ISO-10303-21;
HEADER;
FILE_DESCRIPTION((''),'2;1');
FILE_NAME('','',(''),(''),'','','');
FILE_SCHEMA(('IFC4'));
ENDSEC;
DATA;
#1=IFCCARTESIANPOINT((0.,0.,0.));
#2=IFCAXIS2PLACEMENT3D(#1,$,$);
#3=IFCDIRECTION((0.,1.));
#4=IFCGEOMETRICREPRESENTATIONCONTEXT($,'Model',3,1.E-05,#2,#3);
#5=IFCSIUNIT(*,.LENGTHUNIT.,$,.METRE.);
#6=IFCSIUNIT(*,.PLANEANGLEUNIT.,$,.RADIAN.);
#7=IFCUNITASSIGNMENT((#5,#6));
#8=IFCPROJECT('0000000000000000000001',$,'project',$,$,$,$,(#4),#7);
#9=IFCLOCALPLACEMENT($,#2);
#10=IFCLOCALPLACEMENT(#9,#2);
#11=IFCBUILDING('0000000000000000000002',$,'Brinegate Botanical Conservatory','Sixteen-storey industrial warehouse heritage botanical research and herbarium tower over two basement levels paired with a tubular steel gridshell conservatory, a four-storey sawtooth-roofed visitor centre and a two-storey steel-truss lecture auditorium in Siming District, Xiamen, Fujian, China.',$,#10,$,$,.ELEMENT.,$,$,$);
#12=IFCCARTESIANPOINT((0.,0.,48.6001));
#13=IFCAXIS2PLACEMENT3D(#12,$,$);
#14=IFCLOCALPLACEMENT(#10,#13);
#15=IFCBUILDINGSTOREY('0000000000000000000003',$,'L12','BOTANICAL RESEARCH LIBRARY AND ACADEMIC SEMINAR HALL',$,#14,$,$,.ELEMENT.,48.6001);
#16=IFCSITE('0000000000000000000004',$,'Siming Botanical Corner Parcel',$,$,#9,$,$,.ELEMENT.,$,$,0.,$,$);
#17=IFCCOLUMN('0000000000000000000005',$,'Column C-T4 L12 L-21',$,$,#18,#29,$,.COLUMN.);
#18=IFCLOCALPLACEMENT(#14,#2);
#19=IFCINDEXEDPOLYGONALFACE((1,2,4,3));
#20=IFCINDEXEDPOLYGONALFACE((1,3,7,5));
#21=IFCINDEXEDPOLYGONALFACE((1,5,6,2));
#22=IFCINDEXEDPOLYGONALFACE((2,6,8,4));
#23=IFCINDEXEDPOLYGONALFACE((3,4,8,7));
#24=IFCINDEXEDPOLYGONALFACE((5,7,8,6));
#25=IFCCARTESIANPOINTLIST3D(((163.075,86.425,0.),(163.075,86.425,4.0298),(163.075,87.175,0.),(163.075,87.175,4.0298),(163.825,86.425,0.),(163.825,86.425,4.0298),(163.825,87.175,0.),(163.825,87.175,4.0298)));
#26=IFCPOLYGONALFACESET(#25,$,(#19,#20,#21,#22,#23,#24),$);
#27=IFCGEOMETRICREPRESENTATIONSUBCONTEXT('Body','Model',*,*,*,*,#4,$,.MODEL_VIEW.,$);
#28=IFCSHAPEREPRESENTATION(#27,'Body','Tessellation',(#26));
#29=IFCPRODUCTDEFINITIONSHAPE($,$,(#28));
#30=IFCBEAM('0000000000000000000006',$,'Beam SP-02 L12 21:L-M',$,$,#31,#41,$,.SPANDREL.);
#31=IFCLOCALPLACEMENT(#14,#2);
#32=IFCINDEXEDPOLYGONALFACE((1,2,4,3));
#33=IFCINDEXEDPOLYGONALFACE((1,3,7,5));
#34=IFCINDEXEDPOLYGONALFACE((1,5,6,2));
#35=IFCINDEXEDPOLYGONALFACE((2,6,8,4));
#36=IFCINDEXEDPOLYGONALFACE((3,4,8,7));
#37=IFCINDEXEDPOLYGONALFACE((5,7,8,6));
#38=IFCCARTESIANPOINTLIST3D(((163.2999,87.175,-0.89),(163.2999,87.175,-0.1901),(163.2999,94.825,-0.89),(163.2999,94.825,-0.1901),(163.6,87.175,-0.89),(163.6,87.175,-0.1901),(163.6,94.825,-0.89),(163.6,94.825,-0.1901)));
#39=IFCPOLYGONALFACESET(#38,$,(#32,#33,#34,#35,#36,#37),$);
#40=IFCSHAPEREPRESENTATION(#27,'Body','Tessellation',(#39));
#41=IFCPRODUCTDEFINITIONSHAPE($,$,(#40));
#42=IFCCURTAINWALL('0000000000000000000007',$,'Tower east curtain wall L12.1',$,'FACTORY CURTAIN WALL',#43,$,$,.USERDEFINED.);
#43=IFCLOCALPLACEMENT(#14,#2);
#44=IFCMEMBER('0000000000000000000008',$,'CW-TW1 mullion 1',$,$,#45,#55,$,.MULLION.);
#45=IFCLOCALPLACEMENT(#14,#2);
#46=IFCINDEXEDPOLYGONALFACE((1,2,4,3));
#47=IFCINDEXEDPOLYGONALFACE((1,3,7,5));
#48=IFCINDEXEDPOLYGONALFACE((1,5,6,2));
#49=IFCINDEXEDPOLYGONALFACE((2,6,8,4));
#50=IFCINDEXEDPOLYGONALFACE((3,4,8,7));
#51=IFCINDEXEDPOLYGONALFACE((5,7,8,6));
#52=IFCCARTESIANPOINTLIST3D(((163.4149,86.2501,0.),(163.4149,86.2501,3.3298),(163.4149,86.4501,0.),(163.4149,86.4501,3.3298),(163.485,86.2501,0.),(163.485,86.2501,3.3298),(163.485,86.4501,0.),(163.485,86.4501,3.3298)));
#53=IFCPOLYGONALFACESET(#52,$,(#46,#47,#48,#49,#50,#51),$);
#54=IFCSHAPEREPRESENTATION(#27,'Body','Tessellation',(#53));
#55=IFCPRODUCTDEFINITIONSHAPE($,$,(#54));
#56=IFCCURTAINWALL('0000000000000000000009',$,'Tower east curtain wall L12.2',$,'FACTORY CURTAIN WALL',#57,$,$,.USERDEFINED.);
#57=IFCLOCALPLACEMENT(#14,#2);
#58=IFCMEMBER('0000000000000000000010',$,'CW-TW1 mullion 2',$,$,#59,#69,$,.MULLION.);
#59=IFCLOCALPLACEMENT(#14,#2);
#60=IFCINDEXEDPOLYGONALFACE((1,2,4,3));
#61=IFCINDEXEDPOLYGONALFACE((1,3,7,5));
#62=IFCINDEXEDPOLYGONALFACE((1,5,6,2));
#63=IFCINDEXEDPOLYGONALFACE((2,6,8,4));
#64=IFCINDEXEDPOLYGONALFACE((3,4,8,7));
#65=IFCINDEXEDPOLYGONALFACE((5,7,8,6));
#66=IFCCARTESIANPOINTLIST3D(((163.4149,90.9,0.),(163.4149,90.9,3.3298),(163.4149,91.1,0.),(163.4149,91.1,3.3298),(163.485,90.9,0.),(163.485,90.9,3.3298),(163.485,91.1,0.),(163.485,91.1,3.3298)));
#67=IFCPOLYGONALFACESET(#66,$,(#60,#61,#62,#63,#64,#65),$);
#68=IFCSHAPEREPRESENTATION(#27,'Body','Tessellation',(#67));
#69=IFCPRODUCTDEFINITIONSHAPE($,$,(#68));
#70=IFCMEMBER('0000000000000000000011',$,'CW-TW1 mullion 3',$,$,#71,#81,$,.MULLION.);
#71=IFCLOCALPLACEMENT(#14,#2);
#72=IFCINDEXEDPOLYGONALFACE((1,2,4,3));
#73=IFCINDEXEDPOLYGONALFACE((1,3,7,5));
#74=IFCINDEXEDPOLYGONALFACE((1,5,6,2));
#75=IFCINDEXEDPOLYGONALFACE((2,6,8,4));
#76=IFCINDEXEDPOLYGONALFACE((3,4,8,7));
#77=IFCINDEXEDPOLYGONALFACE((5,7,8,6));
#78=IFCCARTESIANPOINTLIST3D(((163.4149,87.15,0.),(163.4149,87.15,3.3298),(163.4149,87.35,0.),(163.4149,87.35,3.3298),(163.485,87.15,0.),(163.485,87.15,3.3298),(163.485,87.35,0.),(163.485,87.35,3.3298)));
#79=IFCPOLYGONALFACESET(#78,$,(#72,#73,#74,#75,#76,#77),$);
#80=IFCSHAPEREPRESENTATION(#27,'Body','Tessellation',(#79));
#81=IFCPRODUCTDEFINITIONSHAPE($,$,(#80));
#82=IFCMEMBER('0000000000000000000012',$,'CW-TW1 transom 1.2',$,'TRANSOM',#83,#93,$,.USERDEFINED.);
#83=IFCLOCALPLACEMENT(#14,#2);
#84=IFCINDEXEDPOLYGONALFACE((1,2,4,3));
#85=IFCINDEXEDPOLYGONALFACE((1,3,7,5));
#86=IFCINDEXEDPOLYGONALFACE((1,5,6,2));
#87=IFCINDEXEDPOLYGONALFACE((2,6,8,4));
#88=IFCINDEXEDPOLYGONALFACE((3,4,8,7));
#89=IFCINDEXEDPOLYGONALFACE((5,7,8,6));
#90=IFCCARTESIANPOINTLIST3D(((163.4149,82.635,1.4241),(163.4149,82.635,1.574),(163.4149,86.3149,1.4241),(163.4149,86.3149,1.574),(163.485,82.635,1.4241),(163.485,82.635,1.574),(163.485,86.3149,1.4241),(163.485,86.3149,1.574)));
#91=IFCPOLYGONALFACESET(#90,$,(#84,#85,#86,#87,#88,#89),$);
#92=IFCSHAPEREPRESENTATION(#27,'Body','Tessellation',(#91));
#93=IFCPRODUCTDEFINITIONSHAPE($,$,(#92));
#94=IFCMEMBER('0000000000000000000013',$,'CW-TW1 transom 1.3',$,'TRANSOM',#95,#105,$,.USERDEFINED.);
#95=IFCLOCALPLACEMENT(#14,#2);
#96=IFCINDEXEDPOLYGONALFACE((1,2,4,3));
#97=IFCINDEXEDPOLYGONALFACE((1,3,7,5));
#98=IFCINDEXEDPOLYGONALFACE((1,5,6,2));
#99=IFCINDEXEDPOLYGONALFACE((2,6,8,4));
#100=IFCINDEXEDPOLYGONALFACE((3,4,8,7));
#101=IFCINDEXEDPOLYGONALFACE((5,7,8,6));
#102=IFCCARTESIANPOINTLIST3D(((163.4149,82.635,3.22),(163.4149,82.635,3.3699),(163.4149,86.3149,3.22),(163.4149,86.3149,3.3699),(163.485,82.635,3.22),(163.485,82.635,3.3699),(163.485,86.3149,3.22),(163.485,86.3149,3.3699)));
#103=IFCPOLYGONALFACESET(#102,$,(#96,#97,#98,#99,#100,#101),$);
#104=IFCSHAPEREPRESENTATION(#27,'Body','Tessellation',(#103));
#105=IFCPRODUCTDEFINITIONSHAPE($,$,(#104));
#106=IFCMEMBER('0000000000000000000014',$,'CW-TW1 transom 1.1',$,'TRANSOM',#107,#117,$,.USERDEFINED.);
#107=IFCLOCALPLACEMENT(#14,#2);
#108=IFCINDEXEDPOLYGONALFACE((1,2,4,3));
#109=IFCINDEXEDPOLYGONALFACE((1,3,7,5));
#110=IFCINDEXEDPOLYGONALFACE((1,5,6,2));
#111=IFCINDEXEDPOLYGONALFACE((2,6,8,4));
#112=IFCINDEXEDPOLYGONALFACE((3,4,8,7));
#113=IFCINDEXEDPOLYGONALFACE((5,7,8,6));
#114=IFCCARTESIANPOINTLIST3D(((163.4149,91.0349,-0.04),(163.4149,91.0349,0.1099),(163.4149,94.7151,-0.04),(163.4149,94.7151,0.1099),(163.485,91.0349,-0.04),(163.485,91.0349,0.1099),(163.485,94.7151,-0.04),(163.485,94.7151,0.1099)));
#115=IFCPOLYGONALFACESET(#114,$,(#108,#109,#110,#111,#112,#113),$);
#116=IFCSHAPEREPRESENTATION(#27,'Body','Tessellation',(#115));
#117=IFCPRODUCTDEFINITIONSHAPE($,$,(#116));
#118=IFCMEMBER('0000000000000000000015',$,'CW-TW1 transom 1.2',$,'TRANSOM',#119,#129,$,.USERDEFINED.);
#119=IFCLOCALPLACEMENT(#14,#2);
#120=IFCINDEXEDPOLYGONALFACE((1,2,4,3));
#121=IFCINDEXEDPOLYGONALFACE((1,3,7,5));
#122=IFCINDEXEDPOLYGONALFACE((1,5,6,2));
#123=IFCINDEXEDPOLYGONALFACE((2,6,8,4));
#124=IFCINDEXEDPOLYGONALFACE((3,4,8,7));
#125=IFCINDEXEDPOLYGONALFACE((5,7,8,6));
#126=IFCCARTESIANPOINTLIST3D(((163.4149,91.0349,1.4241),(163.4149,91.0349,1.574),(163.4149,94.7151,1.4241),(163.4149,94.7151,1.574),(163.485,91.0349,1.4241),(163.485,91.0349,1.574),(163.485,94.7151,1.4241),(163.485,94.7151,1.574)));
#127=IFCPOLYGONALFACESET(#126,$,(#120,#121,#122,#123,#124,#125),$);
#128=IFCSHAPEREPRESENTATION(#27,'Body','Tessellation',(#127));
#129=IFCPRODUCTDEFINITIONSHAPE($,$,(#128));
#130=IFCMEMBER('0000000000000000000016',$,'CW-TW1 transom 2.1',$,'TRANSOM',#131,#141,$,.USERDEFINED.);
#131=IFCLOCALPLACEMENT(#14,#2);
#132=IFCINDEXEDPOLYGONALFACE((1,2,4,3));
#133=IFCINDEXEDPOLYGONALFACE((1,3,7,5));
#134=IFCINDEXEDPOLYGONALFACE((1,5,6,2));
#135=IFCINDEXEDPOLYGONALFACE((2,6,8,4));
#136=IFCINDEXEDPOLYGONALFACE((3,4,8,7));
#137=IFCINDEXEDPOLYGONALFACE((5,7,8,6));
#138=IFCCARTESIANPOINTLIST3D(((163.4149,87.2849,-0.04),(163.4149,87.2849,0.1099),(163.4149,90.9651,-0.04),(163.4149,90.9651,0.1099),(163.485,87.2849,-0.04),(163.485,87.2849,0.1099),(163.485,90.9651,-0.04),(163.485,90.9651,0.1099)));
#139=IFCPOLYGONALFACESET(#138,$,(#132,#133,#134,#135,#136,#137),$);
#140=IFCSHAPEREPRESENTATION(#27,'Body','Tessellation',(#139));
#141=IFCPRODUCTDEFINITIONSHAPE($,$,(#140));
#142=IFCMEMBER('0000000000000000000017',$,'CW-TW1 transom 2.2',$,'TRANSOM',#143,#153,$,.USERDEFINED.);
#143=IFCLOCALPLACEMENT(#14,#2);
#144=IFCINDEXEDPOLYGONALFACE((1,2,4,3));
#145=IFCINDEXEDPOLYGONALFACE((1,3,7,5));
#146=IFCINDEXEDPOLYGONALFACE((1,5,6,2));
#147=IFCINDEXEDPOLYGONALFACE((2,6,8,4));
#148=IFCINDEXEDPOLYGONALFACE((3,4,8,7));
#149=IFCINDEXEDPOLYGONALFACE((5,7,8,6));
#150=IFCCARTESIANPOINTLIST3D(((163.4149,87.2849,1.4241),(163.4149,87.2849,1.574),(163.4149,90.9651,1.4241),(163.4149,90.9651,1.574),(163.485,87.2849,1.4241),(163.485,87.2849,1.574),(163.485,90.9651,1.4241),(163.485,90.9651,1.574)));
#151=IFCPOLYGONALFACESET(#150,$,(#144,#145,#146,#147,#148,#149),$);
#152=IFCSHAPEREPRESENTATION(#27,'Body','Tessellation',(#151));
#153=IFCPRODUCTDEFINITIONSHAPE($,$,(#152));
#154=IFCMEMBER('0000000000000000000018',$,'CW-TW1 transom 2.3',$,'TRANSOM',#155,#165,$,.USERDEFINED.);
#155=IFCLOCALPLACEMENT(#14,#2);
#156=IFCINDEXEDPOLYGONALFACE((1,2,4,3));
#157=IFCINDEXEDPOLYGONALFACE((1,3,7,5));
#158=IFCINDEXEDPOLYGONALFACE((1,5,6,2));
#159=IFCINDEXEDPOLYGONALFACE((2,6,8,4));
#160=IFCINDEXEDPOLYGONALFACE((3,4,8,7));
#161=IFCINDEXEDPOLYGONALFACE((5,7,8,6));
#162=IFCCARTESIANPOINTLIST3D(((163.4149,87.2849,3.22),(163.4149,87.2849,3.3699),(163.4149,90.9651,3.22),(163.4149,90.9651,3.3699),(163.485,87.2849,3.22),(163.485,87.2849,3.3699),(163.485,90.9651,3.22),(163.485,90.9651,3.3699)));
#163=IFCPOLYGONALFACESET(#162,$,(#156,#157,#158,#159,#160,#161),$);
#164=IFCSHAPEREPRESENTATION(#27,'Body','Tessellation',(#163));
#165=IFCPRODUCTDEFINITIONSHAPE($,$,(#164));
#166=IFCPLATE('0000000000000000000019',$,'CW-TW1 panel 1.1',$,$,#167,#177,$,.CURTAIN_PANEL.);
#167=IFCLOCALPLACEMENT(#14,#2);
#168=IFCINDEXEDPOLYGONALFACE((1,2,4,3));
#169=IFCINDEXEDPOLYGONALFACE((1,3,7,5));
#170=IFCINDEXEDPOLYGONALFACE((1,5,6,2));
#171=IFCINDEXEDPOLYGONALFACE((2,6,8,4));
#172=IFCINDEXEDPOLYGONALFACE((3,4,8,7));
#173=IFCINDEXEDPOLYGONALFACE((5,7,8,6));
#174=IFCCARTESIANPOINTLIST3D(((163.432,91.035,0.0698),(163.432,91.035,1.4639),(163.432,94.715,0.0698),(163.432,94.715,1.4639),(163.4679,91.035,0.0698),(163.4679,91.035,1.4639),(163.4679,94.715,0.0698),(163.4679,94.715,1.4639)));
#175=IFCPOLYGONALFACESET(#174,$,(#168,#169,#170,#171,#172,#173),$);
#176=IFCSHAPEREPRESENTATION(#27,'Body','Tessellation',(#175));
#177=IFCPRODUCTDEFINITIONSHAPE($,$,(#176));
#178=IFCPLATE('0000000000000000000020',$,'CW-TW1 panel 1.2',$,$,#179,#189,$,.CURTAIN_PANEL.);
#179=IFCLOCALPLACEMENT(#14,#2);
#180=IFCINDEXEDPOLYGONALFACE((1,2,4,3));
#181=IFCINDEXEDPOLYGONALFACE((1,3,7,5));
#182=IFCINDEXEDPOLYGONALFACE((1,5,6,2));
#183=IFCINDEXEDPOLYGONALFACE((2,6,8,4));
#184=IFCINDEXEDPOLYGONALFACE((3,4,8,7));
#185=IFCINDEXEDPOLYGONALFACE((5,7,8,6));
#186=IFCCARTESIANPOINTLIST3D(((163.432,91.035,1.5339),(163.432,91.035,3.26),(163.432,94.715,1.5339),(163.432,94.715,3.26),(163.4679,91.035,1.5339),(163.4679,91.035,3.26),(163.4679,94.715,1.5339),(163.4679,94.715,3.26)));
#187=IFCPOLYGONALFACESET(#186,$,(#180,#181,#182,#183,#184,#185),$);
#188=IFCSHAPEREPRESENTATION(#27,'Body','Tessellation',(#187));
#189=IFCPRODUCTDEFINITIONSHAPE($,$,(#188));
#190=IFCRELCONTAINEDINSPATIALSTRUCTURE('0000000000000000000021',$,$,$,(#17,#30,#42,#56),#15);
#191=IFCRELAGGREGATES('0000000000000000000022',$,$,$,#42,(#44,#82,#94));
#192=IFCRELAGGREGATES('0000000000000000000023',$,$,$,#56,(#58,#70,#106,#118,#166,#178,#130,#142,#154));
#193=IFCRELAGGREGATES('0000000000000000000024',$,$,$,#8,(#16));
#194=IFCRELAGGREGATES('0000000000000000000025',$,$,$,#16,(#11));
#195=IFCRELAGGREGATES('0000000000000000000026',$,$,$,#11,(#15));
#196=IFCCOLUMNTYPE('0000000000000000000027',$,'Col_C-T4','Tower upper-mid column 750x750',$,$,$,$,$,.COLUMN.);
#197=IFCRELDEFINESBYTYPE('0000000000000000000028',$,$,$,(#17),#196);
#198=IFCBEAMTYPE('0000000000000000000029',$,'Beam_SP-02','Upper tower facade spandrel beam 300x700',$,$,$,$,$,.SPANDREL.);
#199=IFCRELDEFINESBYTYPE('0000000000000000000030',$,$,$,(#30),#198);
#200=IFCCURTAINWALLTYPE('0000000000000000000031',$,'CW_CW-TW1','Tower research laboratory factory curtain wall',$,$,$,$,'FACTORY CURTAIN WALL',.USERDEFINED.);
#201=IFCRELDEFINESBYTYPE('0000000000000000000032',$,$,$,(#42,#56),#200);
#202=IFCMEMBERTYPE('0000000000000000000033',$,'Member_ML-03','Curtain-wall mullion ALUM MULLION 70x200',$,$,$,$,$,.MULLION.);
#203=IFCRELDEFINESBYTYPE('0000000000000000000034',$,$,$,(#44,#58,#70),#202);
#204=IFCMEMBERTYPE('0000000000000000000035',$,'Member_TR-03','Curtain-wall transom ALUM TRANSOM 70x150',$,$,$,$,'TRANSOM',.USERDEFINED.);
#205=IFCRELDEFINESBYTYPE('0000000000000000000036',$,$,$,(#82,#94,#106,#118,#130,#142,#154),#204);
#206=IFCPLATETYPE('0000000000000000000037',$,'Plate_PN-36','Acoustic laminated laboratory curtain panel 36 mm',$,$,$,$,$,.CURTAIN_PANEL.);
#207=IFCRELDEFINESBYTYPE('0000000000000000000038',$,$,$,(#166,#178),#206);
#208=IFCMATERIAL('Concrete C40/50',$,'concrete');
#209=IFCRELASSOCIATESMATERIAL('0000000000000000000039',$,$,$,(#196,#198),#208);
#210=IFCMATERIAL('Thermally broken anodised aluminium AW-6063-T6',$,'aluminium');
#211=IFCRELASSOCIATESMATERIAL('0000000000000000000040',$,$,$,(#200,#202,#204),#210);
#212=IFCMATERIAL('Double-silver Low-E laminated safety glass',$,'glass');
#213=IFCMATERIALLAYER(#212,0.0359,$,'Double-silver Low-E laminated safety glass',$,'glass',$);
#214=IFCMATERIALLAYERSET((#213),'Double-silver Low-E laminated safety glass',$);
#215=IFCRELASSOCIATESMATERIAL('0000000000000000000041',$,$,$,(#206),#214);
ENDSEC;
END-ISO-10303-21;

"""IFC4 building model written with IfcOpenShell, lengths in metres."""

from ifc_helpers import new_model, si_unit, direction, frame, origin, origin_2d, place, context, subcontext, project, spatial, rectangle, extrude, material, layer, layer_set, material_profile, profile_set, type_object, element, aggregate, save


model = new_model("IFC4")

# Units and contexts
model_context = context("Model", 3, precision=1e-05, world=origin(), true_north=direction((0.0, 1.0)))
body_context = subcontext(model_context, "Body", "Model", "MODEL_VIEW")
ifc_project = project(units=[si_unit("LENGTHUNIT", "METRE"), si_unit("PLANEANGLEUNIT", "RADIAN")], contexts=[model_context])

# Site, building, storey
site_placement = place(None, origin())
site = spatial("IfcSite", under=ifc_project, at=site_placement, Name="Siming Botanical Corner Parcel", CompositionType="ELEMENT", RefElevation=0.0)
building_placement = place(site_placement, origin())
building = spatial("IfcBuilding", under=site, at=building_placement, Name="Brinegate Botanical Conservatory", Description="Sixteen-storey industrial warehouse heritage botanical research and herbarium tower over two basement levels paired with a tubular steel gridshell conservatory, a four-storey sawtooth-roofed visitor centre and a two-storey steel-truss lecture auditorium in Siming District, Xiamen, Fujian, China.", CompositionType="ELEMENT")
storey_placement = place(building_placement, frame((0.0, 0.0, 48.6001)))
storey = spatial("IfcBuildingStorey", under=building, at=storey_placement, Name="L12", Description="BOTANICAL RESEARCH LIBRARY AND ACADEMIC SEMINAR HALL", CompositionType="ELEMENT", Elevation=48.6001)

# Column
ifc_material_1 = material(Name="Concrete C40/50", Category="concrete")
ifc_material_profile_1 = material_profile(ifc_material_1, rectangle(XDim=0.75, YDim=0.75, at=origin_2d()), Name="RC COL 750x750")
ifc_profile_set_1 = profile_set([ifc_material_profile_1], Name="Concrete C40/50")
column_type = type_object("IfcColumnType", Name="Col_C-T4", Description="Tower upper-mid column 750x750", PredefinedType="COLUMN", material=ifc_profile_set_1)
column_placement = place(storey_placement, frame((163.45, 86.8, 0.0), z_axis=(0.0, 0.0, 1.0), x_axis=(1.0, 0.0, 0.0)))
element("IfcColumn", 1, at=column_placement, inside=storey, type_object=column_type, Name="Column C-T4 L12 L-21", PredefinedType="COLUMN", context=body_context, shape_type="SweptSolid", body=[
    extrude(rectangle(XDim=0.75, YDim=0.75, at=origin_2d()), origin(), (0.0, 0.0, 1.0), 4.0298),
])

# Beam
ifc_material_profile_2 = material_profile(ifc_material_1, rectangle(XDim=0.3, YDim=0.7, at=origin_2d()), Name="RC SPN 300x700")
ifc_profile_set_2 = profile_set([ifc_material_profile_2], Name="Concrete C40/50")
beam_type = type_object("IfcBeamType", Name="Beam_SP-02", Description="Upper tower facade spandrel beam 300x700", PredefinedType="SPANDREL", material=ifc_profile_set_2)
beam_placement = place(storey_placement, frame((163.45, 87.175, -0.54), z_axis=(0.0, 1.0, 0.0), x_axis=(-1.0, 0.0, 0.0)))
element("IfcBeam", 2, at=beam_placement, inside=storey, type_object=beam_type, Name="Beam SP-02 L12 21:L-M", PredefinedType="SPANDREL", context=body_context, shape_type="SweptSolid", body=[
    extrude(rectangle(XDim=0.3, YDim=0.7, at=origin_2d()), origin(), (0.0, 0.0, 1.0), 7.6499),
])

# Curtain wall, member
ifc_material_2 = material(Name="Thermally broken anodised aluminium AW-6063-T6", Category="aluminium")
curtain_wall_type = type_object("IfcCurtainWallType", Name="CW_CW-TW1", Description="Tower research laboratory factory curtain wall", ElementType="FACTORY CURTAIN WALL", PredefinedType="USERDEFINED", material=ifc_material_2)
curtain_wall_1_placement = place(storey_placement, origin())
curtain_wall_1 = element("IfcCurtainWall", 3, at=curtain_wall_1_placement, inside=storey, type_object=curtain_wall_type, Name="Tower east curtain wall L12.1", ObjectType="FACTORY CURTAIN WALL", PredefinedType="USERDEFINED")
ifc_material_profile_3 = material_profile(ifc_material_2, rectangle(XDim=0.0701, YDim=0.2, at=origin_2d()), Name="ALUM MULLION 70x200")
ifc_profile_set_3 = profile_set([ifc_material_profile_3], Name="Thermally broken anodised aluminium AW-6063-T6")
member_type_1 = type_object("IfcMemberType", Name="Member_ML-03", Description="Curtain-wall mullion ALUM MULLION 70x200", PredefinedType="MULLION", material=ifc_profile_set_3)
member_1_placement = place(storey_placement, frame((163.45, 86.3501, 0.0), z_axis=(0.0, 0.0, 1.0), x_axis=(1.0, 0.0, 0.0)))
member_1 = element("IfcMember", 4, at=member_1_placement, type_object=member_type_1, Name="CW-TW1 mullion 1", PredefinedType="MULLION", context=body_context, shape_type="SweptSolid", body=[
    extrude(rectangle(XDim=0.0701, YDim=0.2, at=origin_2d()), origin(), (0.0, 0.0, 1.0), 3.3298),
])

# Curtain wall, members
curtain_wall_2_placement = place(storey_placement, origin())
curtain_wall_2 = element("IfcCurtainWall", 5, at=curtain_wall_2_placement, inside=storey, type_object=curtain_wall_type, Name="Tower east curtain wall L12.2", ObjectType="FACTORY CURTAIN WALL", PredefinedType="USERDEFINED")
member_2_placement = place(storey_placement, frame((163.45, 91.0, 0.0), z_axis=(0.0, 0.0, 1.0), x_axis=(1.0, 0.0, 0.0)))
member_2 = element("IfcMember", 6, at=member_2_placement, type_object=member_type_1, Name="CW-TW1 mullion 2", PredefinedType="MULLION", context=body_context, shape_type="SweptSolid", body=[
    extrude(rectangle(XDim=0.0701, YDim=0.2, at=origin_2d()), origin(), (0.0, 0.0, 1.0), 3.3298),
])
member_3_placement = place(storey_placement, frame((163.45, 87.25, 0.0), z_axis=(0.0, 0.0, 1.0), x_axis=(1.0, 0.0, 0.0)))
member_3 = element("IfcMember", 7, at=member_3_placement, type_object=member_type_1, Name="CW-TW1 mullion 3", PredefinedType="MULLION", context=body_context, shape_type="SweptSolid", body=[
    extrude(rectangle(XDim=0.0701, YDim=0.2, at=origin_2d()), origin(), (0.0, 0.0, 1.0), 3.3298),
])

# Members
ifc_material_profile_4 = material_profile(ifc_material_2, rectangle(XDim=0.0701, YDim=0.1499, at=origin_2d()), Name="ALUM TRANSOM 70x150")
ifc_profile_set_4 = profile_set([ifc_material_profile_4], Name="Thermally broken anodised aluminium AW-6063-T6")
member_type_2 = type_object("IfcMemberType", Name="Member_TR-03", Description="Curtain-wall transom ALUM TRANSOM 70x150", ElementType="TRANSOM", PredefinedType="USERDEFINED", material=ifc_profile_set_4)
member_4_placement = place(storey_placement, frame((163.45, 86.3149, 1.499), z_axis=(0.0, -1.0, 0.0), x_axis=(1.0, 0.0, 0.0)))
member_4 = element("IfcMember", 8, at=member_4_placement, type_object=member_type_2, Name="CW-TW1 transom 1.2", ObjectType="TRANSOM", PredefinedType="USERDEFINED", context=body_context, shape_type="SweptSolid", body=[
    extrude(rectangle(XDim=0.0701, YDim=0.1499, at=origin_2d()), origin(), (0.0, 0.0, 1.0), 3.6799),
])
member_5_placement = place(storey_placement, frame((163.45, 86.3149, 3.2949), z_axis=(0.0, -1.0, 0.0), x_axis=(1.0, 0.0, 0.0)))
member_5 = element("IfcMember", 9, at=member_5_placement, type_object=member_type_2, Name="CW-TW1 transom 1.3", ObjectType="TRANSOM", PredefinedType="USERDEFINED", context=body_context, shape_type="SweptSolid", body=[
    extrude(rectangle(XDim=0.0701, YDim=0.1499, at=origin_2d()), origin(), (0.0, 0.0, 1.0), 3.6799),
])
aggregate(curtain_wall_1, [member_1, member_4, member_5])
member_6_placement = place(storey_placement, frame((163.45, 94.7151, 0.0349), z_axis=(0.0, -1.0, 0.0), x_axis=(1.0, 0.0, 0.0)))
member_6 = element("IfcMember", 10, at=member_6_placement, type_object=member_type_2, Name="CW-TW1 transom 1.1", ObjectType="TRANSOM", PredefinedType="USERDEFINED", context=body_context, shape_type="SweptSolid", body=[
    extrude(rectangle(XDim=0.0701, YDim=0.1499, at=origin_2d()), origin(), (0.0, 0.0, 1.0), 3.6802),
])
member_7_placement = place(storey_placement, frame((163.45, 94.7151, 1.499), z_axis=(0.0, -1.0, 0.0), x_axis=(1.0, 0.0, 0.0)))
member_7 = element("IfcMember", 11, at=member_7_placement, type_object=member_type_2, Name="CW-TW1 transom 1.2", ObjectType="TRANSOM", PredefinedType="USERDEFINED", context=body_context, shape_type="SweptSolid", body=[
    extrude(rectangle(XDim=0.0701, YDim=0.1499, at=origin_2d()), origin(), (0.0, 0.0, 1.0), 3.6802),
])
member_8_placement = place(storey_placement, frame((163.45, 90.9651, 0.0349), z_axis=(0.0, -1.0, 0.0), x_axis=(1.0, 0.0, 0.0)))
member_8 = element("IfcMember", 12, at=member_8_placement, type_object=member_type_2, Name="CW-TW1 transom 2.1", ObjectType="TRANSOM", PredefinedType="USERDEFINED", context=body_context, shape_type="SweptSolid", body=[
    extrude(rectangle(XDim=0.0701, YDim=0.1499, at=origin_2d()), origin(), (0.0, 0.0, 1.0), 3.6802),
])
member_9_placement = place(storey_placement, frame((163.45, 90.9651, 1.499), z_axis=(0.0, -1.0, 0.0), x_axis=(1.0, 0.0, 0.0)))
member_9 = element("IfcMember", 13, at=member_9_placement, type_object=member_type_2, Name="CW-TW1 transom 2.2", ObjectType="TRANSOM", PredefinedType="USERDEFINED", context=body_context, shape_type="SweptSolid", body=[
    extrude(rectangle(XDim=0.0701, YDim=0.1499, at=origin_2d()), origin(), (0.0, 0.0, 1.0), 3.6802),
])
member_10_placement = place(storey_placement, frame((163.45, 90.9651, 3.2949), z_axis=(0.0, -1.0, 0.0), x_axis=(1.0, 0.0, 0.0)))
member_10 = element("IfcMember", 14, at=member_10_placement, type_object=member_type_2, Name="CW-TW1 transom 2.3", ObjectType="TRANSOM", PredefinedType="USERDEFINED", context=body_context, shape_type="SweptSolid", body=[
    extrude(rectangle(XDim=0.0701, YDim=0.1499, at=origin_2d()), origin(), (0.0, 0.0, 1.0), 3.6802),
])

# Plates
ifc_material_3 = material(Name="Double-silver Low-E laminated safety glass", Category="glass")
ifc_layer = layer(ifc_material_3, 0.0359, Name="Double-silver Low-E laminated safety glass", Category="glass")
ifc_layer_set = layer_set([ifc_layer], Name="Double-silver Low-E laminated safety glass")
plate_type = type_object("IfcPlateType", Name="Plate_PN-36", Description="Acoustic laminated laboratory curtain panel 36 mm", PredefinedType="CURTAIN_PANEL", material=ifc_layer_set)
plate_1_placement = place(storey_placement, frame((163.45, 92.875, 0.0698), z_axis=(0.0, 0.0, 1.0), x_axis=(0.0, -1.0, 0.0)))
plate_1 = element("IfcPlate", 15, at=plate_1_placement, type_object=plate_type, Name="CW-TW1 panel 1.1", PredefinedType="CURTAIN_PANEL", context=body_context, shape_type="SweptSolid", body=[
    extrude(rectangle(XDim=3.6799, YDim=0.0359, at=origin_2d()), origin(), (0.0, 0.0, 1.0), 1.394),
])
plate_2_placement = place(storey_placement, frame((163.45, 92.875, 1.5339), z_axis=(0.0, 0.0, 1.0), x_axis=(0.0, -1.0, 0.0)))
plate_2 = element("IfcPlate", 16, at=plate_2_placement, type_object=plate_type, Name="CW-TW1 panel 1.2", PredefinedType="CURTAIN_PANEL", context=body_context, shape_type="SweptSolid", body=[
    extrude(rectangle(XDim=3.6799, YDim=0.0359, at=origin_2d()), origin(), (0.0, 0.0, 1.0), 1.7261),
])
aggregate(curtain_wall_2, [member_2, member_3, member_6, member_7, plate_1, plate_2, member_8, member_9, member_10])

save(model, "model.ifc")
